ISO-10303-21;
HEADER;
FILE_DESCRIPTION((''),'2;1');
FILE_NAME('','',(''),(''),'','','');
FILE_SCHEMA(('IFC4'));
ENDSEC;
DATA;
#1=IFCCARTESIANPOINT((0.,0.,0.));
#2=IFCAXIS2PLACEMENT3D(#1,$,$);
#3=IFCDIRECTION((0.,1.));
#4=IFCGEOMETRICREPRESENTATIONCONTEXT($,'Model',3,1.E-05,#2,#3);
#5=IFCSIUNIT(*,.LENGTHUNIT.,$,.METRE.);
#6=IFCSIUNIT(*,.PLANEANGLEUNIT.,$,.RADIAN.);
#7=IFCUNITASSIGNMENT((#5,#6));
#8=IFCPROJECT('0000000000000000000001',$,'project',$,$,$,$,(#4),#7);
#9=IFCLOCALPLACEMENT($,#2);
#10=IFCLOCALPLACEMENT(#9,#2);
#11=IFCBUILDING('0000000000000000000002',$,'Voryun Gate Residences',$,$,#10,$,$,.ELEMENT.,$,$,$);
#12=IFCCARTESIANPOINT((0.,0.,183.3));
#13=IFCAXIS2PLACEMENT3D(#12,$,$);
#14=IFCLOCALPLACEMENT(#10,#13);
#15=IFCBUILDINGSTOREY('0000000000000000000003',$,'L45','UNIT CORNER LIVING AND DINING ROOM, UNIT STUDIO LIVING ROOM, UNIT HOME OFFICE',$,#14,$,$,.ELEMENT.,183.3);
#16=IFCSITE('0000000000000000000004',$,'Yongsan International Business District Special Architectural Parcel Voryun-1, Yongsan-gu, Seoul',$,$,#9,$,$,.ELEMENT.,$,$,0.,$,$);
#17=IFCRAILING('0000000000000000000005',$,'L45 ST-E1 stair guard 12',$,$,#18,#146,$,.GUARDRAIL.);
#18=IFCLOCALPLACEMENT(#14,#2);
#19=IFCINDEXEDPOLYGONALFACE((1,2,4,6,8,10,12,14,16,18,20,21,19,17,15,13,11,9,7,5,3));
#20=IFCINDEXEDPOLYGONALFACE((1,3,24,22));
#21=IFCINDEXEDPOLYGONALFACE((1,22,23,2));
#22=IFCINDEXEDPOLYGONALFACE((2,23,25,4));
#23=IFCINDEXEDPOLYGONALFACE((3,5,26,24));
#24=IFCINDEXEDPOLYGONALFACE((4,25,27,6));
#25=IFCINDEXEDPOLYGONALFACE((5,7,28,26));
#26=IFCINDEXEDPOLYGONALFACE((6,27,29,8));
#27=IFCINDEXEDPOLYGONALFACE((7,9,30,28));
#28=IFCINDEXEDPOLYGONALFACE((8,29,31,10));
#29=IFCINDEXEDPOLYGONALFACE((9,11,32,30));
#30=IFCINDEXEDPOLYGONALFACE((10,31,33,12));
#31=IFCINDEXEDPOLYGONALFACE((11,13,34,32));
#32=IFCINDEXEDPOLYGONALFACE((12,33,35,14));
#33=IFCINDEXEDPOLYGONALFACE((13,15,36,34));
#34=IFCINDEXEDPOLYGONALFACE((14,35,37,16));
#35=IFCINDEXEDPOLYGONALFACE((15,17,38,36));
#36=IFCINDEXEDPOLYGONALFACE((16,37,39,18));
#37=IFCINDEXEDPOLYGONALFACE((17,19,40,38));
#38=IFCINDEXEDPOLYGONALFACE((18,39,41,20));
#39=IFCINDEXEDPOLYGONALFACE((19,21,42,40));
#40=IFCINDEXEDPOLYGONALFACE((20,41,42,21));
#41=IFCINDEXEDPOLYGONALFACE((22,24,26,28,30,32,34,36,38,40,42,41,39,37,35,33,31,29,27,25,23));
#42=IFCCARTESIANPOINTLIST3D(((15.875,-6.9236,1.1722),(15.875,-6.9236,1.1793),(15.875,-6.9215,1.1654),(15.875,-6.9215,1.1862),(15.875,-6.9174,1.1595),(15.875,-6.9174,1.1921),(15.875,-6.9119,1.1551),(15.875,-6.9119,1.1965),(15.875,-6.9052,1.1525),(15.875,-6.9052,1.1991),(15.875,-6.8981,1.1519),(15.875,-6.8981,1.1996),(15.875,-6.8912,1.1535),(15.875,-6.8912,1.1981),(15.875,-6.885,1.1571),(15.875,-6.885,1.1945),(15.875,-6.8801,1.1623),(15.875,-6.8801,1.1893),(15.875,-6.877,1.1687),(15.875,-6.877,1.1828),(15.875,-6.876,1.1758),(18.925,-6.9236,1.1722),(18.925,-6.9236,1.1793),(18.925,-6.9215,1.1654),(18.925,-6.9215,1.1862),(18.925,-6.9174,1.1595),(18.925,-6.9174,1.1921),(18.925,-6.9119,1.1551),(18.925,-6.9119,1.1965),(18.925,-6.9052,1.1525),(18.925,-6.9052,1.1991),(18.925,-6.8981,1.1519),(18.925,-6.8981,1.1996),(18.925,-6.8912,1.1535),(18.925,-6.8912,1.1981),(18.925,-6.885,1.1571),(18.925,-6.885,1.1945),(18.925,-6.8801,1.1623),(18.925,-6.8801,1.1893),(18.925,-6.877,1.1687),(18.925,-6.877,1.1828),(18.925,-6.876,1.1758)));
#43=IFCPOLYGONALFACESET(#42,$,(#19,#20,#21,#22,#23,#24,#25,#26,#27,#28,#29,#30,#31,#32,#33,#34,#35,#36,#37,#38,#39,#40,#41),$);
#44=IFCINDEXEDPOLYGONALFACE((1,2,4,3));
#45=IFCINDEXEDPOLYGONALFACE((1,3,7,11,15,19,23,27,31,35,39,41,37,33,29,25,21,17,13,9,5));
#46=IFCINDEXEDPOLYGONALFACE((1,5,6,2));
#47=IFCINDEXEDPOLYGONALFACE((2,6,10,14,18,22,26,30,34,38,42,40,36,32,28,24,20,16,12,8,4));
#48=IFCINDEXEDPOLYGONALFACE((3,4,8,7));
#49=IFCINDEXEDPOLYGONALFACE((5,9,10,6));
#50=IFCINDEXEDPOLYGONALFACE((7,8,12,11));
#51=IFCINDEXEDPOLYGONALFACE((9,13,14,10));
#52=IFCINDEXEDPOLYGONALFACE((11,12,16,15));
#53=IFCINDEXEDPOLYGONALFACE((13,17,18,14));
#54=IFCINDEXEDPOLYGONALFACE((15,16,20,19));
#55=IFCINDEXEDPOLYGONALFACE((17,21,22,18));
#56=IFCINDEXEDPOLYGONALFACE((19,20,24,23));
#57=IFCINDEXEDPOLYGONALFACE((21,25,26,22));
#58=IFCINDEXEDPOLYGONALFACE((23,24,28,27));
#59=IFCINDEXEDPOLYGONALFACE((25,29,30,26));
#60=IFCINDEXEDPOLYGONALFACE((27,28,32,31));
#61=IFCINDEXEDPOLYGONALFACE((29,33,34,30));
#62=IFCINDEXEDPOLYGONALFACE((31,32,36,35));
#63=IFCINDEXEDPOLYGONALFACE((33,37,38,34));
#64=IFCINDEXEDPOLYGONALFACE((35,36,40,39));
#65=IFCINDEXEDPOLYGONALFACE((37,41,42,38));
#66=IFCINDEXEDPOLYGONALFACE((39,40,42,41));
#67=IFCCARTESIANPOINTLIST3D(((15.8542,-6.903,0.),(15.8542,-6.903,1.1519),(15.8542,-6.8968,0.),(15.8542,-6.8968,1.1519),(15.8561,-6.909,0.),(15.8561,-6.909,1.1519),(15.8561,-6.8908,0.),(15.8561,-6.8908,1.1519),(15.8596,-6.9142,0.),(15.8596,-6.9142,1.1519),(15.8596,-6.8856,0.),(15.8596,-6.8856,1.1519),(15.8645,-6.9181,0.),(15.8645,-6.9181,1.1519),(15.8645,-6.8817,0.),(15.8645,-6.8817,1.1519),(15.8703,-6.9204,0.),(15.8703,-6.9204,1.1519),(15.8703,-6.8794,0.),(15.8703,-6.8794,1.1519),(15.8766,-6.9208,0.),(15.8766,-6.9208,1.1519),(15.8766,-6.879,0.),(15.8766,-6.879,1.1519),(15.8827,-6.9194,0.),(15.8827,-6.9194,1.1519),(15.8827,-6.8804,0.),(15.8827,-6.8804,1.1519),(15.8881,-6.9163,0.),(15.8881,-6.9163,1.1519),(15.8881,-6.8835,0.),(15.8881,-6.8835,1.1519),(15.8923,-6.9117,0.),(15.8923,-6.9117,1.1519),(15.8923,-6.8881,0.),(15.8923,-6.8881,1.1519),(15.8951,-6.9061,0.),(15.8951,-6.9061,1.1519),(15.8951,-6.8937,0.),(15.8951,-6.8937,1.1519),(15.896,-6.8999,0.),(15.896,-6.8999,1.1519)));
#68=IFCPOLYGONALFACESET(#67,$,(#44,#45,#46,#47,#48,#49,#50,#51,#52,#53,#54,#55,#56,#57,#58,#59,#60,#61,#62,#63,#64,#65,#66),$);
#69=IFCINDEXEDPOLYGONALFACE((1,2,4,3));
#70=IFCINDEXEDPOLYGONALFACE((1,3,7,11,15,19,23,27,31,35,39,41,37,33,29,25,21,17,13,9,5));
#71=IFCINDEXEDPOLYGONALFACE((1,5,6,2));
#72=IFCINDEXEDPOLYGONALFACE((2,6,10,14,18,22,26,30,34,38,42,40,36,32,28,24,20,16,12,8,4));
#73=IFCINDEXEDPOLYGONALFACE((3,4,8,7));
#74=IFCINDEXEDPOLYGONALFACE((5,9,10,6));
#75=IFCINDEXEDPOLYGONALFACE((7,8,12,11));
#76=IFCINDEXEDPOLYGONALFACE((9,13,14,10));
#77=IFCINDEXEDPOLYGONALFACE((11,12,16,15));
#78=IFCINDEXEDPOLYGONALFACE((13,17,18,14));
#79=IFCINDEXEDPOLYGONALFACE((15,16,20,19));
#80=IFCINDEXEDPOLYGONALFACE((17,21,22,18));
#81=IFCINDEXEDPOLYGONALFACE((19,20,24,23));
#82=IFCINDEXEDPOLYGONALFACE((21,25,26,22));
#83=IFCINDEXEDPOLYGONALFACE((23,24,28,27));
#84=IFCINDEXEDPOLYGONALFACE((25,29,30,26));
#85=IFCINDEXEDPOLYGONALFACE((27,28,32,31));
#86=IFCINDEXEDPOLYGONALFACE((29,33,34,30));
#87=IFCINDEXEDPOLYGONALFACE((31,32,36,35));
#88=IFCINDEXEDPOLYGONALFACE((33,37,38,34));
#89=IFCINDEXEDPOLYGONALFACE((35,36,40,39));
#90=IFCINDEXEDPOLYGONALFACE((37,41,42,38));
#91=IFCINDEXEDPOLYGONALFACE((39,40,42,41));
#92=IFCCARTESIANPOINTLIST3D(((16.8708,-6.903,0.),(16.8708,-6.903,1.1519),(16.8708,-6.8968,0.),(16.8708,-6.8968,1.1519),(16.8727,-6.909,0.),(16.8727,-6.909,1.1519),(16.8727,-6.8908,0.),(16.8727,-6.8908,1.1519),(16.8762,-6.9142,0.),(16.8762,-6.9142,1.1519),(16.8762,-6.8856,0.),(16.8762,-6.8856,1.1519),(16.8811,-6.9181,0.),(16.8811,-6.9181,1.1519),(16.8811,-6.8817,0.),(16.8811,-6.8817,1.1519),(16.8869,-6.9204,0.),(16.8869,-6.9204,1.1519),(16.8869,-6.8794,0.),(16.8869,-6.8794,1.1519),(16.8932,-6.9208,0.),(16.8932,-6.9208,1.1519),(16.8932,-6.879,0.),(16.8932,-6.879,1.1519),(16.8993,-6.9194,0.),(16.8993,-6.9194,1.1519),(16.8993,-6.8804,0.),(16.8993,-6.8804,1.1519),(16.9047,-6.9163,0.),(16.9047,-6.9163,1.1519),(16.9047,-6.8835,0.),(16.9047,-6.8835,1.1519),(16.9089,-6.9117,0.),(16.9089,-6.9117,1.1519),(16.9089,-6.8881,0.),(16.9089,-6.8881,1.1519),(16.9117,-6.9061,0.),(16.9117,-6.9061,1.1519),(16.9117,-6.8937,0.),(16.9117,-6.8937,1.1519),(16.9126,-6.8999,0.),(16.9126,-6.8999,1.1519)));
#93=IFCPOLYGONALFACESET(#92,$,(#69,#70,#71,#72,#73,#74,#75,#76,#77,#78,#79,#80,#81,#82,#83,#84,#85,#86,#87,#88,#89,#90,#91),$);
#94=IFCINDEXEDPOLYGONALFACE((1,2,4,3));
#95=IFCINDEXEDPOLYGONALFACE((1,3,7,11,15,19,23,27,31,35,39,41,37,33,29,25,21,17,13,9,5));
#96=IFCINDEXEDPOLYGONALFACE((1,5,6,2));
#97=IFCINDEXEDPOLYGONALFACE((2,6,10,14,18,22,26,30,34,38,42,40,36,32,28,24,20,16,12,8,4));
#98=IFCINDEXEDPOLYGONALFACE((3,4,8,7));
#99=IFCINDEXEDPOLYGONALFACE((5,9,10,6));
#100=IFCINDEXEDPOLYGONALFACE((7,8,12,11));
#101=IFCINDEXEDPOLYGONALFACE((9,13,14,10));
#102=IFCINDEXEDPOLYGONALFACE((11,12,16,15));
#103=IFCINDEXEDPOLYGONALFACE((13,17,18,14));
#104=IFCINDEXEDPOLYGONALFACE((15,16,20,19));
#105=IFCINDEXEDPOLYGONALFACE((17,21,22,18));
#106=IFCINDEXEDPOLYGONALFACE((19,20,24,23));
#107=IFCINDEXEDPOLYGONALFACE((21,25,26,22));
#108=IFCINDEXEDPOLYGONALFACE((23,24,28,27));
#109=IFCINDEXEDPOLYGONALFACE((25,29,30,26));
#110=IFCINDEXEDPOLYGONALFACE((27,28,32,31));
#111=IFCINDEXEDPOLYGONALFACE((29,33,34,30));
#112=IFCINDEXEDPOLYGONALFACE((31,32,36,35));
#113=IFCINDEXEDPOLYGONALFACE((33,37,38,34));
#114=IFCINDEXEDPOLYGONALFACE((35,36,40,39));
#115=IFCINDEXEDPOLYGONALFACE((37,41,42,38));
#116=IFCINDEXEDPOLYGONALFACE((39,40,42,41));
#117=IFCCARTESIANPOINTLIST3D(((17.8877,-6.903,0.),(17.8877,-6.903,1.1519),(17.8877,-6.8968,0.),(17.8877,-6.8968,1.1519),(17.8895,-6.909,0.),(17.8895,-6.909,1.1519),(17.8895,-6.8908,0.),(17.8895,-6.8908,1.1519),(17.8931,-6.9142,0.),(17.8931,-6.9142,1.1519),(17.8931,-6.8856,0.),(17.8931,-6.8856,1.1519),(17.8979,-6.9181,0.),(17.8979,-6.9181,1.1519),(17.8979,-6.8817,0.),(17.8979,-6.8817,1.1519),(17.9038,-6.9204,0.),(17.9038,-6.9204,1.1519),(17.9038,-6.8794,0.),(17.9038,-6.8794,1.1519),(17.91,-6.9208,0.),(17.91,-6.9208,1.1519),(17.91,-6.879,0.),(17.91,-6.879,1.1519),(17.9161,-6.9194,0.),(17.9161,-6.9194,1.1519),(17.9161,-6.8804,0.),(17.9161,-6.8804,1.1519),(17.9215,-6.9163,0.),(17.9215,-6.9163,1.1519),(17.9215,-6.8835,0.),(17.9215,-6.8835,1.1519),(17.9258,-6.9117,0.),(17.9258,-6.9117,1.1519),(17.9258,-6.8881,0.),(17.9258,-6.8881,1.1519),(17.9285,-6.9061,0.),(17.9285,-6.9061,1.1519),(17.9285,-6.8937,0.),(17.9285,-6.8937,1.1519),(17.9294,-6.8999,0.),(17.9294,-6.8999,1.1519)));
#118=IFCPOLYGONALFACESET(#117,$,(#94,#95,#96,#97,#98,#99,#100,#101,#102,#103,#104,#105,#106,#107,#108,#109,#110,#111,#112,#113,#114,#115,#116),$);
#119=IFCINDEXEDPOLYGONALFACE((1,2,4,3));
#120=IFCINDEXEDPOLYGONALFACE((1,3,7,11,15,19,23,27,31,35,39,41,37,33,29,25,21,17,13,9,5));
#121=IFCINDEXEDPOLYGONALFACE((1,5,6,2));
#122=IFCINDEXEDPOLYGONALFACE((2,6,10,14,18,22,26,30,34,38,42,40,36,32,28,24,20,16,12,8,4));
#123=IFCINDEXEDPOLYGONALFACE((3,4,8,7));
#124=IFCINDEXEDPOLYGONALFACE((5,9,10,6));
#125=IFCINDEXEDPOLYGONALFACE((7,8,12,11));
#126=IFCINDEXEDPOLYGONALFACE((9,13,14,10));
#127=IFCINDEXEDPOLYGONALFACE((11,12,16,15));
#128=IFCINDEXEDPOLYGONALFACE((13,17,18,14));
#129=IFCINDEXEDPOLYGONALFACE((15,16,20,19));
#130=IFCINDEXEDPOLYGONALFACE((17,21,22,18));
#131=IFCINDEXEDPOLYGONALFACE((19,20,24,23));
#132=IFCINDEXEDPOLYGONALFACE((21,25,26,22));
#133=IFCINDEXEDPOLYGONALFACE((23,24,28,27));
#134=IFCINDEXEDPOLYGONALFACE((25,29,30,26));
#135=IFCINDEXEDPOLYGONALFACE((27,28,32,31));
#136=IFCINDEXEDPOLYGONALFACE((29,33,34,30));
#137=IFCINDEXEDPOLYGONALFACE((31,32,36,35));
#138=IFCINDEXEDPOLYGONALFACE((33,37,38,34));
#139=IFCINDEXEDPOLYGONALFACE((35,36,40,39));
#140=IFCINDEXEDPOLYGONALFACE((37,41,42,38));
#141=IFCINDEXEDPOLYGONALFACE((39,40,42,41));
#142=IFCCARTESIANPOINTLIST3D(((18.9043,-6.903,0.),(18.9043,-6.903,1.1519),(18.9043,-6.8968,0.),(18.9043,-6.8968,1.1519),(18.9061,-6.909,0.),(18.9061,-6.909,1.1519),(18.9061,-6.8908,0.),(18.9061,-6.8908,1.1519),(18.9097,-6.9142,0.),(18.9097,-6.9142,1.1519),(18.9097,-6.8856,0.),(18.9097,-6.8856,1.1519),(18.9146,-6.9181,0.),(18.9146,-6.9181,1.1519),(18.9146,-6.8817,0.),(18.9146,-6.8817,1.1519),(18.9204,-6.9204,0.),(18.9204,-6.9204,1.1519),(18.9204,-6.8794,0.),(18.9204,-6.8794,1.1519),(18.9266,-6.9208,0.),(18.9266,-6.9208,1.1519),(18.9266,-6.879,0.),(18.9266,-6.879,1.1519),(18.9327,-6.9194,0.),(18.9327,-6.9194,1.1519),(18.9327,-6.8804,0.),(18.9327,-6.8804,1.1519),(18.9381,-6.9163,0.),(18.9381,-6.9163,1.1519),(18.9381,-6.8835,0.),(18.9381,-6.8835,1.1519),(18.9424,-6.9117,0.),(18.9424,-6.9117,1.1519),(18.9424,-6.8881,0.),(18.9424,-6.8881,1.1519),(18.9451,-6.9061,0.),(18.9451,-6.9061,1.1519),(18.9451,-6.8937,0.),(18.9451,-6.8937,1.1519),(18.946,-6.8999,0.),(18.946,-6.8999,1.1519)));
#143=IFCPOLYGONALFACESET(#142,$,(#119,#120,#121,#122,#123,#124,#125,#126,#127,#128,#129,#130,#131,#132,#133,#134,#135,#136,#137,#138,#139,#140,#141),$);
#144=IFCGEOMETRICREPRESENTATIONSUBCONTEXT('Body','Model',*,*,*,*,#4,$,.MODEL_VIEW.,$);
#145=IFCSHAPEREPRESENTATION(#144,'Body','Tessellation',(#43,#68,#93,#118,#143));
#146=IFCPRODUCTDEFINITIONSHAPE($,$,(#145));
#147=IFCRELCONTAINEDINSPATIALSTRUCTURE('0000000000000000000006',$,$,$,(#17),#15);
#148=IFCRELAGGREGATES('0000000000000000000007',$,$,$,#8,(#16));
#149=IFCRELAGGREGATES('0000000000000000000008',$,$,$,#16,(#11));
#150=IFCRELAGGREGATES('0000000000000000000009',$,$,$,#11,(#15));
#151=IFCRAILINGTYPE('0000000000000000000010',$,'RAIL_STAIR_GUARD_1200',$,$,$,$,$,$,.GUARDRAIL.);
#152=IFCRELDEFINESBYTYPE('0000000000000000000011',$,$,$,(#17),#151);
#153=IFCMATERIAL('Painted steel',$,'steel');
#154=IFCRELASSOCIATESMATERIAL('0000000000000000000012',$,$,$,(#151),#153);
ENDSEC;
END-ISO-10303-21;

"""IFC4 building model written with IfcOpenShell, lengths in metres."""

from ifc_helpers import new_model, si_unit, direction, frame, origin, origin_2d, place, context, subcontext, project, spatial, circle, extrude, material, type_object, element, save


model = new_model("IFC4")

# Units and contexts
model_context = context("Model", 3, precision=1e-05, world=origin(), true_north=direction((0.0, 1.0)))
body_context = subcontext(model_context, "Body", "Model", "MODEL_VIEW")
ifc_project = project(units=[si_unit("LENGTHUNIT", "METRE"), si_unit("PLANEANGLEUNIT", "RADIAN")], contexts=[model_context])

# Site, building, storey
site_placement = place(None, origin())
site = spatial("IfcSite", under=ifc_project, at=site_placement, Name="Yongsan International Business District Special Architectural Parcel Voryun-1, Yongsan-gu, Seoul", CompositionType="ELEMENT", RefElevation=0.0)
building_placement = place(site_placement, origin())
building = spatial("IfcBuilding", under=site, at=building_placement, Name="Voryun Gate Residences", CompositionType="ELEMENT")
storey_placement = place(building_placement, frame((0.0, 0.0, 183.3)))
storey = spatial("IfcBuildingStorey", under=building, at=storey_placement, Name="L45", Description="UNIT CORNER LIVING AND DINING ROOM, UNIT STUDIO LIVING ROOM, UNIT HOME OFFICE", CompositionType="ELEMENT", Elevation=183.3)

# Railing
ifc_material_1 = material(Name="Painted steel", Category="steel")
railing_type_1 = type_object("IfcRailingType", Name="RAIL_STAIR_GUARD_1200", PredefinedType="GUARDRAIL", material=ifc_material_1)
railing_1_placement = place(storey_placement, frame((15.875, -6.8999, 0.0)))
element("IfcRailing", 1, at=railing_1_placement, inside=storey, type_object=railing_type_1, Name="L45 ST-E1 stair guard 12", PredefinedType="GUARDRAIL", context=body_context, shape_type="SweptSolid", body=[
    extrude(circle(Radius=0.0239, at=origin_2d()), frame((0.0, 0.0, 1.1758), z_axis=(1.0, 0.0, 0.0), x_axis=(0.0, 1.0, 0.0)), (0.0, 0.0, 1.0), 3.05),
    extrude(circle(Radius=0.021, at=origin_2d()), origin(), (0.0, 0.0, 1.0), 1.1519),
    extrude(circle(Radius=0.021, at=origin_2d()), frame((1.0166, 0.0, 0.0)), (0.0, 0.0, 1.0), 1.1519),
    extrude(circle(Radius=0.021, at=origin_2d()), frame((2.0334, 0.0, 0.0)), (0.0, 0.0, 1.0), 1.1519),
    extrude(circle(Radius=0.021, at=origin_2d()), frame((3.05, 0.0, 0.0)), (0.0, 0.0, 1.0), 1.1519),
])

save(model, "model.ifc")
